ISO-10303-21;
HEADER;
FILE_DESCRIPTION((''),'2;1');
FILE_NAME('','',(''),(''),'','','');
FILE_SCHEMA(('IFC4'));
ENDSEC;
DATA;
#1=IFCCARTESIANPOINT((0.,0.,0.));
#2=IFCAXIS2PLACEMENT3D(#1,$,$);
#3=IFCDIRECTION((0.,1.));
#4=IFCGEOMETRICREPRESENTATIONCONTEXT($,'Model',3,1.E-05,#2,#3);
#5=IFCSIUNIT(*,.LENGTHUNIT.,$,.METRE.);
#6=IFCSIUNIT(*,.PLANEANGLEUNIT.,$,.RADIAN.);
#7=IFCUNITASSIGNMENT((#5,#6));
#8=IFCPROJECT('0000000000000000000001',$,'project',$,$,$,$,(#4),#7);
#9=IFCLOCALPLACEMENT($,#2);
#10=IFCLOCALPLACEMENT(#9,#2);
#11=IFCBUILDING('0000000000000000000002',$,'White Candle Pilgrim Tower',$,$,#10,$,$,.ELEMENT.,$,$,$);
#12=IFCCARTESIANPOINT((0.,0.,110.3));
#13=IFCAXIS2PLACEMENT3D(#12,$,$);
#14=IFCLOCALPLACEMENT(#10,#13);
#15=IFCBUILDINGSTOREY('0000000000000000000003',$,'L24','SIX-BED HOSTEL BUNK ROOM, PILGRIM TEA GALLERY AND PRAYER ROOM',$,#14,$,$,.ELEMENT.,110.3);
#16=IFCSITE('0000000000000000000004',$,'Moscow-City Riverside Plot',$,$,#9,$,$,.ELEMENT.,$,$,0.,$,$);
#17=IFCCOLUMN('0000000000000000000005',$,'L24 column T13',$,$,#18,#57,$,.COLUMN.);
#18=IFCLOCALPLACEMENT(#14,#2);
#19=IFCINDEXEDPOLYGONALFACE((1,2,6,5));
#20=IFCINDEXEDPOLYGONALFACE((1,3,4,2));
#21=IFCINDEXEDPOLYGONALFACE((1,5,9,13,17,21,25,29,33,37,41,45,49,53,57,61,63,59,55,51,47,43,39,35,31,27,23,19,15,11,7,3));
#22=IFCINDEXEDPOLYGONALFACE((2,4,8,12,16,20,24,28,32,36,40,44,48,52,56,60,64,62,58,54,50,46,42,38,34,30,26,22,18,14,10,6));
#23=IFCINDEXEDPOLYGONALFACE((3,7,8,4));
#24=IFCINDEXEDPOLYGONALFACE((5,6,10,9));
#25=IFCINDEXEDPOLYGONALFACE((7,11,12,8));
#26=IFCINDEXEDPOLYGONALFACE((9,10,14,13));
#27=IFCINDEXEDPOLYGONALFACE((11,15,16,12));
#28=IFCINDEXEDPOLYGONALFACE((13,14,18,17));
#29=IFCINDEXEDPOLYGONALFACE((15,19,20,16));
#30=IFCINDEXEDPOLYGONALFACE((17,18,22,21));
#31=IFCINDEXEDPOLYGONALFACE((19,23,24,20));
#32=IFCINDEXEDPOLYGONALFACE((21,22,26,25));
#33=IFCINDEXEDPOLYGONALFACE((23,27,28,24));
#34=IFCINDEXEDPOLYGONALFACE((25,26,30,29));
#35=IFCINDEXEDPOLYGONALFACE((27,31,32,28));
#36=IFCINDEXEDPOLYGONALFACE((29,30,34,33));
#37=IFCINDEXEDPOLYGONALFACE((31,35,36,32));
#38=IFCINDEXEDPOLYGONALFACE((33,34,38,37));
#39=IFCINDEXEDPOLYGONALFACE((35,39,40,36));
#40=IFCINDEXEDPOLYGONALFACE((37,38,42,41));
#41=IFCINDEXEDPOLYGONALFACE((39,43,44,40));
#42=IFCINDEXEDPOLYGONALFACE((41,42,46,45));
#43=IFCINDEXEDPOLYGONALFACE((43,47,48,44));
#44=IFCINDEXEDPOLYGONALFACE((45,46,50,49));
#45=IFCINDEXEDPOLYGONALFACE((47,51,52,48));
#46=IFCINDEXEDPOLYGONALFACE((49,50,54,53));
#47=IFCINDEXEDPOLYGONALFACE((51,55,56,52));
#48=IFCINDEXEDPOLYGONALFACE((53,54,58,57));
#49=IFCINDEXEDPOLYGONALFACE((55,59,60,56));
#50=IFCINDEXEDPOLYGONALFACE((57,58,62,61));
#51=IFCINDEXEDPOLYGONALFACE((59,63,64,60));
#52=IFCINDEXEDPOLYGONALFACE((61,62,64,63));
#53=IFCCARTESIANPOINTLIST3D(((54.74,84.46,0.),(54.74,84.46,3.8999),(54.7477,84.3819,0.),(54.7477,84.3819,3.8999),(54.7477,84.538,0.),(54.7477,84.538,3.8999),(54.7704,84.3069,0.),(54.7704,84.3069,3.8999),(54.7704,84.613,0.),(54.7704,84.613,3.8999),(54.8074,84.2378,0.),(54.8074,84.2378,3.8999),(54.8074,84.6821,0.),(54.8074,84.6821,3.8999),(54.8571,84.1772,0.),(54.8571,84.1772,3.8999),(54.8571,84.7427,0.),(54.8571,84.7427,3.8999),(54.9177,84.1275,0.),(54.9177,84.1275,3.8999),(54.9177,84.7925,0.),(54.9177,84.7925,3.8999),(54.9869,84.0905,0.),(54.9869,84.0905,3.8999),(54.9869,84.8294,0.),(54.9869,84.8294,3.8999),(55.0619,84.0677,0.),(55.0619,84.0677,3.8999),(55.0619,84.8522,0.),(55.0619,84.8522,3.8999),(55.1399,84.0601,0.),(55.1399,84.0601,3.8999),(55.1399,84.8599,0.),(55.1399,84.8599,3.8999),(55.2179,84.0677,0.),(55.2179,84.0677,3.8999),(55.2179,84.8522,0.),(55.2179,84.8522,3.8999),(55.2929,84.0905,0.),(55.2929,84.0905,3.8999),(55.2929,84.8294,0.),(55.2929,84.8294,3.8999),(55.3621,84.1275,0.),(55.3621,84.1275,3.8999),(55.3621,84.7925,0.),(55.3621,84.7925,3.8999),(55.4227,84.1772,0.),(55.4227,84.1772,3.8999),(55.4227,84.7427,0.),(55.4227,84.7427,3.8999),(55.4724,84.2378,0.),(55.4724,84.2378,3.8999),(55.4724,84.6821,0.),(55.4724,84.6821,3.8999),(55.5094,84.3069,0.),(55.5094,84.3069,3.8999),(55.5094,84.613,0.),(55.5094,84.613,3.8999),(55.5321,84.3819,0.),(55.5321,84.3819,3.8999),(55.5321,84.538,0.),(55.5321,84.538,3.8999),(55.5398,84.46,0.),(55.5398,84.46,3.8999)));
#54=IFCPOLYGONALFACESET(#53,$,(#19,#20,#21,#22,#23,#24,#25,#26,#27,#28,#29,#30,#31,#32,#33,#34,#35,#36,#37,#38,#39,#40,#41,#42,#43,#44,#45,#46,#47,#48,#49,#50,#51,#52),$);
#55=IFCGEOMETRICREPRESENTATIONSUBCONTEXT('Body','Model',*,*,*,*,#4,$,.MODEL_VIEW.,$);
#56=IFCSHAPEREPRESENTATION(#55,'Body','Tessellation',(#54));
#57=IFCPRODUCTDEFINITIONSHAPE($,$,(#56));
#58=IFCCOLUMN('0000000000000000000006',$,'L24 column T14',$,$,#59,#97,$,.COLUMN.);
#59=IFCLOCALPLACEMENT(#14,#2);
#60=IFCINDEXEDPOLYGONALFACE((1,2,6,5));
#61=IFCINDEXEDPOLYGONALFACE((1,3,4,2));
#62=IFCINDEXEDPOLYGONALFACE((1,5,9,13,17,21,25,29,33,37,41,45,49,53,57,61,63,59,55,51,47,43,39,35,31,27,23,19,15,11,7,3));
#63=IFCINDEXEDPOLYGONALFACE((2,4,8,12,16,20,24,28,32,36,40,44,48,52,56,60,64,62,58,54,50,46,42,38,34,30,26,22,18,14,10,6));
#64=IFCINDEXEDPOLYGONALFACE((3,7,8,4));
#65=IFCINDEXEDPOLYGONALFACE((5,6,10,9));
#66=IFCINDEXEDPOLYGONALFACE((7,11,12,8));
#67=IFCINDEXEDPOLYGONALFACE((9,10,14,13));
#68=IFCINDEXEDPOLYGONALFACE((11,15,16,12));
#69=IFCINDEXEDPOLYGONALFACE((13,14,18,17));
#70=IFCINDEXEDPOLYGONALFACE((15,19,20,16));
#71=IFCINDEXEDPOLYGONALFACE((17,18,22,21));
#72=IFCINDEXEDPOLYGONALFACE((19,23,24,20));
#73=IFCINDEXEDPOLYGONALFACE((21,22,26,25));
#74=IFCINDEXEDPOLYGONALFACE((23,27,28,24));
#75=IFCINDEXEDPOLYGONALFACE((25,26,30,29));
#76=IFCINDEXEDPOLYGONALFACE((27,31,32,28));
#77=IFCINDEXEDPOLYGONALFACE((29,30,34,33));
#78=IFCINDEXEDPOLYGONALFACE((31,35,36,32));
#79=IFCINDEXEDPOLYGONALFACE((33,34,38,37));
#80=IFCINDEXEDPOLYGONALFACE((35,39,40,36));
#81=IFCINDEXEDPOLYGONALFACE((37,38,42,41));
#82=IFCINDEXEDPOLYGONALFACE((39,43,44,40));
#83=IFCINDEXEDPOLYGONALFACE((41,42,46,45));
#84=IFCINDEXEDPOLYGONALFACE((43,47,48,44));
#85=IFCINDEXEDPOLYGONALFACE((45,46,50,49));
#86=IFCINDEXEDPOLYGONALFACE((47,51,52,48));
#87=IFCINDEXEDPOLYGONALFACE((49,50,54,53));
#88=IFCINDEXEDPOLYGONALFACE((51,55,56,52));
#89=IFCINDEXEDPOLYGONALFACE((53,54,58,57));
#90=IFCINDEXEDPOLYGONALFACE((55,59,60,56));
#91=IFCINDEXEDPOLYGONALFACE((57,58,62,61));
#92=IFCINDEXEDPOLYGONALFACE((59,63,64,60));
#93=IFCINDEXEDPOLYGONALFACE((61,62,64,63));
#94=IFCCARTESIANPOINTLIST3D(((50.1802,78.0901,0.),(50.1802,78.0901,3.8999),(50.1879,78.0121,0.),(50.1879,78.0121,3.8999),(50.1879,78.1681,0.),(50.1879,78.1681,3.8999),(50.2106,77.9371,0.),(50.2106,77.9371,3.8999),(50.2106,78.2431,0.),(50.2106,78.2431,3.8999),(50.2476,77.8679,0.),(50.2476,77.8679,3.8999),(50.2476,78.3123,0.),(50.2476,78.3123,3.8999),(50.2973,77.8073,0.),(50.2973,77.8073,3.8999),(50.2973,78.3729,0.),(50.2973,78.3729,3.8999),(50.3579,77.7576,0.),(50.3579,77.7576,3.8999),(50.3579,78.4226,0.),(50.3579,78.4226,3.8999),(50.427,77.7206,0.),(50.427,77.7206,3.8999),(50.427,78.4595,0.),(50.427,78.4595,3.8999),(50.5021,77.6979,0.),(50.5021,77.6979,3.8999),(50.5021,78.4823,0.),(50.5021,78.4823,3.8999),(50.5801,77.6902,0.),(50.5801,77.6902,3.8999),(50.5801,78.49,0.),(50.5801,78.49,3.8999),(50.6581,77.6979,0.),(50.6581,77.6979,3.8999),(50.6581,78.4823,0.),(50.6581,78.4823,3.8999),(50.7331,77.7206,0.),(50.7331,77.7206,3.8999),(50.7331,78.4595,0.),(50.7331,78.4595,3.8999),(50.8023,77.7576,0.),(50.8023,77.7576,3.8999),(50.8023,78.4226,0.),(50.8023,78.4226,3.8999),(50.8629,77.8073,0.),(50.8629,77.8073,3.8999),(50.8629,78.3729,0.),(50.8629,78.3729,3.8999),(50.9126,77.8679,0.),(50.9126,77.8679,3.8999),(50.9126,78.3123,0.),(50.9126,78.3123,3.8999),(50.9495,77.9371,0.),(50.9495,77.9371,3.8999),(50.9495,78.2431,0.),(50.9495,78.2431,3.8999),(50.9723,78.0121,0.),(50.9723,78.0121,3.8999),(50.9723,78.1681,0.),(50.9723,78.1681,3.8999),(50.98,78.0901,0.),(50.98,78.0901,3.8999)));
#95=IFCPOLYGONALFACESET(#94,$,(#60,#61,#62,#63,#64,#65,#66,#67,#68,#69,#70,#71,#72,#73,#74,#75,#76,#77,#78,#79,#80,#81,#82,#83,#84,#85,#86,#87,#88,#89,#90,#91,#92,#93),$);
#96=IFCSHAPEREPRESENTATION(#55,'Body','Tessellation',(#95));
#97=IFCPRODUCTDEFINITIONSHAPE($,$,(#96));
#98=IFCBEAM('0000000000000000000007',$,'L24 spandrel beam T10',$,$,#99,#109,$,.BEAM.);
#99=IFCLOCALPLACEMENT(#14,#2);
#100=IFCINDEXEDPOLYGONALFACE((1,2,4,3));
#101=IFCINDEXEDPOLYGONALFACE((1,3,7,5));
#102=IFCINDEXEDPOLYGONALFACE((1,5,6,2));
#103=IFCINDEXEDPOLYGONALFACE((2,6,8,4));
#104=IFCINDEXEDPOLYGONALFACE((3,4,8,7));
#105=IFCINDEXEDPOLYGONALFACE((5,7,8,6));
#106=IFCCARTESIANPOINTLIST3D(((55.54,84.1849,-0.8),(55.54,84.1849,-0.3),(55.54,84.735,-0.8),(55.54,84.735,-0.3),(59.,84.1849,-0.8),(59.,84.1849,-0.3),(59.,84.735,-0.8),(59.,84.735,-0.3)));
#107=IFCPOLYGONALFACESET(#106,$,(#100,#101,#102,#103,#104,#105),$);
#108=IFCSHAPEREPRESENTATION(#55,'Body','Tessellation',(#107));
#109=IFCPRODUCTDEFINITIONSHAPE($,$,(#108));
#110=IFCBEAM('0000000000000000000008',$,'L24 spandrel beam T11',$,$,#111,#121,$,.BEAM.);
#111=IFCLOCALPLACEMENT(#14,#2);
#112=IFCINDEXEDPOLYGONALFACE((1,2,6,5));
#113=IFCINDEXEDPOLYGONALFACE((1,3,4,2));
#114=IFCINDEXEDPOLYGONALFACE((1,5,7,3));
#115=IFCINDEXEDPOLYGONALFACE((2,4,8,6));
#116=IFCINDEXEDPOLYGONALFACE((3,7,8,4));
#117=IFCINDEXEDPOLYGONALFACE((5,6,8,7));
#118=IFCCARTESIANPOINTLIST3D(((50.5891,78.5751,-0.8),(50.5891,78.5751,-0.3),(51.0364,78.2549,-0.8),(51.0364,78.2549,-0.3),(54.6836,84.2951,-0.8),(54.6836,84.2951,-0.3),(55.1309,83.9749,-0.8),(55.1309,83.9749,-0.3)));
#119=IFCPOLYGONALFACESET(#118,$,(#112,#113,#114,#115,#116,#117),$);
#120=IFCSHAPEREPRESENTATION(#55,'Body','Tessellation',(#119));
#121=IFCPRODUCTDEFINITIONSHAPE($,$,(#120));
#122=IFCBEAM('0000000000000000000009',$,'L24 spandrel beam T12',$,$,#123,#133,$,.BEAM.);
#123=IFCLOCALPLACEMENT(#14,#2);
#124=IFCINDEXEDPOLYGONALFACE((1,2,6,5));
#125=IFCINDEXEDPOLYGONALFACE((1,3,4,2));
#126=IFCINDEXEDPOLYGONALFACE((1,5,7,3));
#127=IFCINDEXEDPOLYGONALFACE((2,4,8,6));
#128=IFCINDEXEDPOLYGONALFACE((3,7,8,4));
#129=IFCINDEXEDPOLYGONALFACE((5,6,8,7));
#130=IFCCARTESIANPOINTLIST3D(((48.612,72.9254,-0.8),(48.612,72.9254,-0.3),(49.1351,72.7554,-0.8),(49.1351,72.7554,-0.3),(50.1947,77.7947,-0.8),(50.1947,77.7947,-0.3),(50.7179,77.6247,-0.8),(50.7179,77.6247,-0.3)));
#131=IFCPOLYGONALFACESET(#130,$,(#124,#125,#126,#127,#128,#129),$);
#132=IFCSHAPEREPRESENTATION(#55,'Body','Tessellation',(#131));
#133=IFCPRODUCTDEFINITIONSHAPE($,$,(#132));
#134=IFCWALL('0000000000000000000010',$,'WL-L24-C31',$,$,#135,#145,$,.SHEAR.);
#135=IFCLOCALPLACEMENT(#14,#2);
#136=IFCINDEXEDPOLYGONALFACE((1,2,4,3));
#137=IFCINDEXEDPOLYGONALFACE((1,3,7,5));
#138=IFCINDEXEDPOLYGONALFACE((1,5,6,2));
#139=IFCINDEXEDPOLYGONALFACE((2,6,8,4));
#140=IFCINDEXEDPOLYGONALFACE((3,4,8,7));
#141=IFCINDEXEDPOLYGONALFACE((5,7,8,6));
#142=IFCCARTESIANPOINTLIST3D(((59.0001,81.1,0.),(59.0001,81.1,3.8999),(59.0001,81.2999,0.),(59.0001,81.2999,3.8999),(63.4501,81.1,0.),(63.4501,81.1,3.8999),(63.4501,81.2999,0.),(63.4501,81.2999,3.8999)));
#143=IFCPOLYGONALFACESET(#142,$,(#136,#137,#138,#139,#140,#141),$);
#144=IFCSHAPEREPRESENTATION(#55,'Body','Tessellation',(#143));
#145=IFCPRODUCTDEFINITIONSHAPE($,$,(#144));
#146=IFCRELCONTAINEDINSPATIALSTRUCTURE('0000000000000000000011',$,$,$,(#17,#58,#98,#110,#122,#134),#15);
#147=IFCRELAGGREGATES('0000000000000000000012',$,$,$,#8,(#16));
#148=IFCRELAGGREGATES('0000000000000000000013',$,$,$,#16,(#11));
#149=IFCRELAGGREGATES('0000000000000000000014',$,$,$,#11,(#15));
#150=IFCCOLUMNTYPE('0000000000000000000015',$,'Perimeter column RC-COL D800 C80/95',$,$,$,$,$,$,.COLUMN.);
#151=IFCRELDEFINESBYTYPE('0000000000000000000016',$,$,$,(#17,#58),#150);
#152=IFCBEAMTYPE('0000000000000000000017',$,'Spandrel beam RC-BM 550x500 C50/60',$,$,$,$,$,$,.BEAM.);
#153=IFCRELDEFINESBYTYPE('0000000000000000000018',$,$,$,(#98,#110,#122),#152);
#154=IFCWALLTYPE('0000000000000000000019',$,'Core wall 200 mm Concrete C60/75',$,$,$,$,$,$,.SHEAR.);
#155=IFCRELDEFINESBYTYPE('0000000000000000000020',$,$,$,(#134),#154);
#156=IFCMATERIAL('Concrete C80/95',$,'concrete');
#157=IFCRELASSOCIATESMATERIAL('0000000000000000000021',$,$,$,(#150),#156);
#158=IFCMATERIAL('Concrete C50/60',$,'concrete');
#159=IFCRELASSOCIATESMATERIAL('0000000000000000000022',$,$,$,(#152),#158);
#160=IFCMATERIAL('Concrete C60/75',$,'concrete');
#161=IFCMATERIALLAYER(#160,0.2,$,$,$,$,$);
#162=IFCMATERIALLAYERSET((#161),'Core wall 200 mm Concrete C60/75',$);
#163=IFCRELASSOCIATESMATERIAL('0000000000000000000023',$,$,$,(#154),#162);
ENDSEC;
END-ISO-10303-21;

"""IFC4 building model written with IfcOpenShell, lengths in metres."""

from ifc_helpers import new_model, si_unit, direction, frame, frame_2d, origin, origin_2d, place, context, subcontext, project, spatial, rectangle, circle, extrude, material, layer, layer_set, material_profile, profile_set, type_object, element, save


model = new_model("IFC4")

# Units and contexts
model_context = context("Model", 3, precision=1e-05, world=origin(), true_north=direction((0.0, 1.0)))
body_context = subcontext(model_context, "Body", "Model", "MODEL_VIEW")
ifc_project = project(units=[si_unit("LENGTHUNIT", "METRE"), si_unit("PLANEANGLEUNIT", "RADIAN")], contexts=[model_context])

# Site, building, storey
site_placement = place(None, origin())
site = spatial("IfcSite", under=ifc_project, at=site_placement, Name="Moscow-City Riverside Plot", CompositionType="ELEMENT", RefElevation=0.0)
building_placement = place(site_placement, origin())
building = spatial("IfcBuilding", under=site, at=building_placement, Name="White Candle Pilgrim Tower", CompositionType="ELEMENT")
storey_placement = place(building_placement, frame((0.0, 0.0, 110.3)))
storey = spatial("IfcBuildingStorey", under=building, at=storey_placement, Name="L24", Description="SIX-BED HOSTEL BUNK ROOM, PILGRIM TEA GALLERY AND PRAYER ROOM", CompositionType="ELEMENT", Elevation=110.3)

# Columns
ifc_material_1 = material(Name="Concrete C80/95", Category="concrete")
ifc_material_profile_1 = material_profile(ifc_material_1, circle(Radius=0.3999, at=origin_2d()), Name="RC-COL D800")
ifc_profile_set_1 = profile_set([ifc_material_profile_1], Name="Concrete C80/95")
column_type = type_object("IfcColumnType", Name="Perimeter column RC-COL D800 C80/95", PredefinedType="COLUMN", material=ifc_profile_set_1)
for number, where, z_axis, x_axis, name in (
    (1, (55.1399, 84.46, 0.0), (0.0, 0.0, 1.0), (1.0, 0.0, 0.0), "L24 column T13"),
    (2, (50.5801, 78.0901, 0.0), (0.0, 0.0, 1.0), (1.0, 0.0, 0.0), "L24 column T14"),
):
    element("IfcColumn", number, at=place(storey_placement, frame(where, z_axis=z_axis, x_axis=x_axis)), inside=storey, type_object=column_type, Name=name, PredefinedType="COLUMN", context=body_context, shape_type="SweptSolid", body=[
        extrude(circle(Radius=0.3999, at=origin_2d()), origin(), (0.0, 0.0, 1.0), 3.8999),
    ])

# Beams
ifc_material_2 = material(Name="Concrete C50/60", Category="concrete")
ifc_material_profile_2 = material_profile(ifc_material_2, rectangle(XDim=0.55, YDim=0.5, at=origin_2d()), Name="RC-BM 550x500")
ifc_profile_set_2 = profile_set([ifc_material_profile_2], Name="Concrete C50/60")
beam_type = type_object("IfcBeamType", Name="Spandrel beam RC-BM 550x500 C50/60", PredefinedType="BEAM", material=ifc_profile_set_2)
beam_1_placement = place(storey_placement, frame((55.54, 84.46, -0.55), z_axis=(1.0, 0.0, 0.0), x_axis=(0.0, 1.0, 0.0)))
element("IfcBeam", 3, at=beam_1_placement, inside=storey, type_object=beam_type, Name="L24 spandrel beam T10", PredefinedType="BEAM", context=body_context, shape_type="SweptSolid", body=[
    extrude(rectangle(XDim=0.55, YDim=0.5, at=origin_2d()), origin(), (0.0, 0.0, 1.0), 3.46),
])
beam_2_placement = place(storey_placement, frame((54.9072, 84.135, -0.55), z_axis=(-0.582065, -0.813142, 0.0), x_axis=(0.813142, -0.582065, 0.0)))
element("IfcBeam", 4, at=beam_2_placement, inside=storey, type_object=beam_type, Name="L24 spandrel beam T11", PredefinedType="BEAM", context=body_context, shape_type="SweptSolid", body=[
    extrude(rectangle(XDim=0.55, YDim=0.5, at=origin_2d()), origin(), (0.0, 0.0, 1.0), 7.0344),
])
beam_3_placement = place(storey_placement, frame((50.4563, 77.7097, -0.55), z_axis=(-0.309124, -0.951022, 0.0), x_axis=(0.951022, -0.309124, 0.0)))
element("IfcBeam", 5, at=beam_3_placement, inside=storey, type_object=beam_type, Name="L24 spandrel beam T12", PredefinedType="BEAM", context=body_context, shape_type="SweptSolid", body=[
    extrude(rectangle(XDim=0.55, YDim=0.5, at=origin_2d()), origin(), (0.0, 0.0, 1.0), 5.1201),
])

# Wall
ifc_material_3 = material(Name="Concrete C60/75", Category="concrete")
ifc_layer_1 = layer(ifc_material_3, 0.2)
ifc_layer_set_1 = layer_set([ifc_layer_1], Name="Core wall 200 mm Concrete C60/75")
wall_type_1 = type_object("IfcWallType", Name="Core wall 200 mm Concrete C60/75", PredefinedType="SHEAR", material=ifc_layer_set_1)
wall_1_placement = place(storey_placement, frame((59.0, 81.2, 0.0), z_axis=(0.0, 0.0, 1.0), x_axis=(1.0, 0.0, 0.0)))
element("IfcWall", 6, at=wall_1_placement, inside=storey, type_object=wall_type_1, Name="WL-L24-C31", PredefinedType="SHEAR", context=body_context, shape_type="SweptSolid", body=[
    extrude(rectangle(XDim=4.45, YDim=0.2, at=frame_2d((2.2251, 0.0))), origin(), (0.0, 0.0, 1.0), 3.8999),
])

save(model, "model.ifc")
